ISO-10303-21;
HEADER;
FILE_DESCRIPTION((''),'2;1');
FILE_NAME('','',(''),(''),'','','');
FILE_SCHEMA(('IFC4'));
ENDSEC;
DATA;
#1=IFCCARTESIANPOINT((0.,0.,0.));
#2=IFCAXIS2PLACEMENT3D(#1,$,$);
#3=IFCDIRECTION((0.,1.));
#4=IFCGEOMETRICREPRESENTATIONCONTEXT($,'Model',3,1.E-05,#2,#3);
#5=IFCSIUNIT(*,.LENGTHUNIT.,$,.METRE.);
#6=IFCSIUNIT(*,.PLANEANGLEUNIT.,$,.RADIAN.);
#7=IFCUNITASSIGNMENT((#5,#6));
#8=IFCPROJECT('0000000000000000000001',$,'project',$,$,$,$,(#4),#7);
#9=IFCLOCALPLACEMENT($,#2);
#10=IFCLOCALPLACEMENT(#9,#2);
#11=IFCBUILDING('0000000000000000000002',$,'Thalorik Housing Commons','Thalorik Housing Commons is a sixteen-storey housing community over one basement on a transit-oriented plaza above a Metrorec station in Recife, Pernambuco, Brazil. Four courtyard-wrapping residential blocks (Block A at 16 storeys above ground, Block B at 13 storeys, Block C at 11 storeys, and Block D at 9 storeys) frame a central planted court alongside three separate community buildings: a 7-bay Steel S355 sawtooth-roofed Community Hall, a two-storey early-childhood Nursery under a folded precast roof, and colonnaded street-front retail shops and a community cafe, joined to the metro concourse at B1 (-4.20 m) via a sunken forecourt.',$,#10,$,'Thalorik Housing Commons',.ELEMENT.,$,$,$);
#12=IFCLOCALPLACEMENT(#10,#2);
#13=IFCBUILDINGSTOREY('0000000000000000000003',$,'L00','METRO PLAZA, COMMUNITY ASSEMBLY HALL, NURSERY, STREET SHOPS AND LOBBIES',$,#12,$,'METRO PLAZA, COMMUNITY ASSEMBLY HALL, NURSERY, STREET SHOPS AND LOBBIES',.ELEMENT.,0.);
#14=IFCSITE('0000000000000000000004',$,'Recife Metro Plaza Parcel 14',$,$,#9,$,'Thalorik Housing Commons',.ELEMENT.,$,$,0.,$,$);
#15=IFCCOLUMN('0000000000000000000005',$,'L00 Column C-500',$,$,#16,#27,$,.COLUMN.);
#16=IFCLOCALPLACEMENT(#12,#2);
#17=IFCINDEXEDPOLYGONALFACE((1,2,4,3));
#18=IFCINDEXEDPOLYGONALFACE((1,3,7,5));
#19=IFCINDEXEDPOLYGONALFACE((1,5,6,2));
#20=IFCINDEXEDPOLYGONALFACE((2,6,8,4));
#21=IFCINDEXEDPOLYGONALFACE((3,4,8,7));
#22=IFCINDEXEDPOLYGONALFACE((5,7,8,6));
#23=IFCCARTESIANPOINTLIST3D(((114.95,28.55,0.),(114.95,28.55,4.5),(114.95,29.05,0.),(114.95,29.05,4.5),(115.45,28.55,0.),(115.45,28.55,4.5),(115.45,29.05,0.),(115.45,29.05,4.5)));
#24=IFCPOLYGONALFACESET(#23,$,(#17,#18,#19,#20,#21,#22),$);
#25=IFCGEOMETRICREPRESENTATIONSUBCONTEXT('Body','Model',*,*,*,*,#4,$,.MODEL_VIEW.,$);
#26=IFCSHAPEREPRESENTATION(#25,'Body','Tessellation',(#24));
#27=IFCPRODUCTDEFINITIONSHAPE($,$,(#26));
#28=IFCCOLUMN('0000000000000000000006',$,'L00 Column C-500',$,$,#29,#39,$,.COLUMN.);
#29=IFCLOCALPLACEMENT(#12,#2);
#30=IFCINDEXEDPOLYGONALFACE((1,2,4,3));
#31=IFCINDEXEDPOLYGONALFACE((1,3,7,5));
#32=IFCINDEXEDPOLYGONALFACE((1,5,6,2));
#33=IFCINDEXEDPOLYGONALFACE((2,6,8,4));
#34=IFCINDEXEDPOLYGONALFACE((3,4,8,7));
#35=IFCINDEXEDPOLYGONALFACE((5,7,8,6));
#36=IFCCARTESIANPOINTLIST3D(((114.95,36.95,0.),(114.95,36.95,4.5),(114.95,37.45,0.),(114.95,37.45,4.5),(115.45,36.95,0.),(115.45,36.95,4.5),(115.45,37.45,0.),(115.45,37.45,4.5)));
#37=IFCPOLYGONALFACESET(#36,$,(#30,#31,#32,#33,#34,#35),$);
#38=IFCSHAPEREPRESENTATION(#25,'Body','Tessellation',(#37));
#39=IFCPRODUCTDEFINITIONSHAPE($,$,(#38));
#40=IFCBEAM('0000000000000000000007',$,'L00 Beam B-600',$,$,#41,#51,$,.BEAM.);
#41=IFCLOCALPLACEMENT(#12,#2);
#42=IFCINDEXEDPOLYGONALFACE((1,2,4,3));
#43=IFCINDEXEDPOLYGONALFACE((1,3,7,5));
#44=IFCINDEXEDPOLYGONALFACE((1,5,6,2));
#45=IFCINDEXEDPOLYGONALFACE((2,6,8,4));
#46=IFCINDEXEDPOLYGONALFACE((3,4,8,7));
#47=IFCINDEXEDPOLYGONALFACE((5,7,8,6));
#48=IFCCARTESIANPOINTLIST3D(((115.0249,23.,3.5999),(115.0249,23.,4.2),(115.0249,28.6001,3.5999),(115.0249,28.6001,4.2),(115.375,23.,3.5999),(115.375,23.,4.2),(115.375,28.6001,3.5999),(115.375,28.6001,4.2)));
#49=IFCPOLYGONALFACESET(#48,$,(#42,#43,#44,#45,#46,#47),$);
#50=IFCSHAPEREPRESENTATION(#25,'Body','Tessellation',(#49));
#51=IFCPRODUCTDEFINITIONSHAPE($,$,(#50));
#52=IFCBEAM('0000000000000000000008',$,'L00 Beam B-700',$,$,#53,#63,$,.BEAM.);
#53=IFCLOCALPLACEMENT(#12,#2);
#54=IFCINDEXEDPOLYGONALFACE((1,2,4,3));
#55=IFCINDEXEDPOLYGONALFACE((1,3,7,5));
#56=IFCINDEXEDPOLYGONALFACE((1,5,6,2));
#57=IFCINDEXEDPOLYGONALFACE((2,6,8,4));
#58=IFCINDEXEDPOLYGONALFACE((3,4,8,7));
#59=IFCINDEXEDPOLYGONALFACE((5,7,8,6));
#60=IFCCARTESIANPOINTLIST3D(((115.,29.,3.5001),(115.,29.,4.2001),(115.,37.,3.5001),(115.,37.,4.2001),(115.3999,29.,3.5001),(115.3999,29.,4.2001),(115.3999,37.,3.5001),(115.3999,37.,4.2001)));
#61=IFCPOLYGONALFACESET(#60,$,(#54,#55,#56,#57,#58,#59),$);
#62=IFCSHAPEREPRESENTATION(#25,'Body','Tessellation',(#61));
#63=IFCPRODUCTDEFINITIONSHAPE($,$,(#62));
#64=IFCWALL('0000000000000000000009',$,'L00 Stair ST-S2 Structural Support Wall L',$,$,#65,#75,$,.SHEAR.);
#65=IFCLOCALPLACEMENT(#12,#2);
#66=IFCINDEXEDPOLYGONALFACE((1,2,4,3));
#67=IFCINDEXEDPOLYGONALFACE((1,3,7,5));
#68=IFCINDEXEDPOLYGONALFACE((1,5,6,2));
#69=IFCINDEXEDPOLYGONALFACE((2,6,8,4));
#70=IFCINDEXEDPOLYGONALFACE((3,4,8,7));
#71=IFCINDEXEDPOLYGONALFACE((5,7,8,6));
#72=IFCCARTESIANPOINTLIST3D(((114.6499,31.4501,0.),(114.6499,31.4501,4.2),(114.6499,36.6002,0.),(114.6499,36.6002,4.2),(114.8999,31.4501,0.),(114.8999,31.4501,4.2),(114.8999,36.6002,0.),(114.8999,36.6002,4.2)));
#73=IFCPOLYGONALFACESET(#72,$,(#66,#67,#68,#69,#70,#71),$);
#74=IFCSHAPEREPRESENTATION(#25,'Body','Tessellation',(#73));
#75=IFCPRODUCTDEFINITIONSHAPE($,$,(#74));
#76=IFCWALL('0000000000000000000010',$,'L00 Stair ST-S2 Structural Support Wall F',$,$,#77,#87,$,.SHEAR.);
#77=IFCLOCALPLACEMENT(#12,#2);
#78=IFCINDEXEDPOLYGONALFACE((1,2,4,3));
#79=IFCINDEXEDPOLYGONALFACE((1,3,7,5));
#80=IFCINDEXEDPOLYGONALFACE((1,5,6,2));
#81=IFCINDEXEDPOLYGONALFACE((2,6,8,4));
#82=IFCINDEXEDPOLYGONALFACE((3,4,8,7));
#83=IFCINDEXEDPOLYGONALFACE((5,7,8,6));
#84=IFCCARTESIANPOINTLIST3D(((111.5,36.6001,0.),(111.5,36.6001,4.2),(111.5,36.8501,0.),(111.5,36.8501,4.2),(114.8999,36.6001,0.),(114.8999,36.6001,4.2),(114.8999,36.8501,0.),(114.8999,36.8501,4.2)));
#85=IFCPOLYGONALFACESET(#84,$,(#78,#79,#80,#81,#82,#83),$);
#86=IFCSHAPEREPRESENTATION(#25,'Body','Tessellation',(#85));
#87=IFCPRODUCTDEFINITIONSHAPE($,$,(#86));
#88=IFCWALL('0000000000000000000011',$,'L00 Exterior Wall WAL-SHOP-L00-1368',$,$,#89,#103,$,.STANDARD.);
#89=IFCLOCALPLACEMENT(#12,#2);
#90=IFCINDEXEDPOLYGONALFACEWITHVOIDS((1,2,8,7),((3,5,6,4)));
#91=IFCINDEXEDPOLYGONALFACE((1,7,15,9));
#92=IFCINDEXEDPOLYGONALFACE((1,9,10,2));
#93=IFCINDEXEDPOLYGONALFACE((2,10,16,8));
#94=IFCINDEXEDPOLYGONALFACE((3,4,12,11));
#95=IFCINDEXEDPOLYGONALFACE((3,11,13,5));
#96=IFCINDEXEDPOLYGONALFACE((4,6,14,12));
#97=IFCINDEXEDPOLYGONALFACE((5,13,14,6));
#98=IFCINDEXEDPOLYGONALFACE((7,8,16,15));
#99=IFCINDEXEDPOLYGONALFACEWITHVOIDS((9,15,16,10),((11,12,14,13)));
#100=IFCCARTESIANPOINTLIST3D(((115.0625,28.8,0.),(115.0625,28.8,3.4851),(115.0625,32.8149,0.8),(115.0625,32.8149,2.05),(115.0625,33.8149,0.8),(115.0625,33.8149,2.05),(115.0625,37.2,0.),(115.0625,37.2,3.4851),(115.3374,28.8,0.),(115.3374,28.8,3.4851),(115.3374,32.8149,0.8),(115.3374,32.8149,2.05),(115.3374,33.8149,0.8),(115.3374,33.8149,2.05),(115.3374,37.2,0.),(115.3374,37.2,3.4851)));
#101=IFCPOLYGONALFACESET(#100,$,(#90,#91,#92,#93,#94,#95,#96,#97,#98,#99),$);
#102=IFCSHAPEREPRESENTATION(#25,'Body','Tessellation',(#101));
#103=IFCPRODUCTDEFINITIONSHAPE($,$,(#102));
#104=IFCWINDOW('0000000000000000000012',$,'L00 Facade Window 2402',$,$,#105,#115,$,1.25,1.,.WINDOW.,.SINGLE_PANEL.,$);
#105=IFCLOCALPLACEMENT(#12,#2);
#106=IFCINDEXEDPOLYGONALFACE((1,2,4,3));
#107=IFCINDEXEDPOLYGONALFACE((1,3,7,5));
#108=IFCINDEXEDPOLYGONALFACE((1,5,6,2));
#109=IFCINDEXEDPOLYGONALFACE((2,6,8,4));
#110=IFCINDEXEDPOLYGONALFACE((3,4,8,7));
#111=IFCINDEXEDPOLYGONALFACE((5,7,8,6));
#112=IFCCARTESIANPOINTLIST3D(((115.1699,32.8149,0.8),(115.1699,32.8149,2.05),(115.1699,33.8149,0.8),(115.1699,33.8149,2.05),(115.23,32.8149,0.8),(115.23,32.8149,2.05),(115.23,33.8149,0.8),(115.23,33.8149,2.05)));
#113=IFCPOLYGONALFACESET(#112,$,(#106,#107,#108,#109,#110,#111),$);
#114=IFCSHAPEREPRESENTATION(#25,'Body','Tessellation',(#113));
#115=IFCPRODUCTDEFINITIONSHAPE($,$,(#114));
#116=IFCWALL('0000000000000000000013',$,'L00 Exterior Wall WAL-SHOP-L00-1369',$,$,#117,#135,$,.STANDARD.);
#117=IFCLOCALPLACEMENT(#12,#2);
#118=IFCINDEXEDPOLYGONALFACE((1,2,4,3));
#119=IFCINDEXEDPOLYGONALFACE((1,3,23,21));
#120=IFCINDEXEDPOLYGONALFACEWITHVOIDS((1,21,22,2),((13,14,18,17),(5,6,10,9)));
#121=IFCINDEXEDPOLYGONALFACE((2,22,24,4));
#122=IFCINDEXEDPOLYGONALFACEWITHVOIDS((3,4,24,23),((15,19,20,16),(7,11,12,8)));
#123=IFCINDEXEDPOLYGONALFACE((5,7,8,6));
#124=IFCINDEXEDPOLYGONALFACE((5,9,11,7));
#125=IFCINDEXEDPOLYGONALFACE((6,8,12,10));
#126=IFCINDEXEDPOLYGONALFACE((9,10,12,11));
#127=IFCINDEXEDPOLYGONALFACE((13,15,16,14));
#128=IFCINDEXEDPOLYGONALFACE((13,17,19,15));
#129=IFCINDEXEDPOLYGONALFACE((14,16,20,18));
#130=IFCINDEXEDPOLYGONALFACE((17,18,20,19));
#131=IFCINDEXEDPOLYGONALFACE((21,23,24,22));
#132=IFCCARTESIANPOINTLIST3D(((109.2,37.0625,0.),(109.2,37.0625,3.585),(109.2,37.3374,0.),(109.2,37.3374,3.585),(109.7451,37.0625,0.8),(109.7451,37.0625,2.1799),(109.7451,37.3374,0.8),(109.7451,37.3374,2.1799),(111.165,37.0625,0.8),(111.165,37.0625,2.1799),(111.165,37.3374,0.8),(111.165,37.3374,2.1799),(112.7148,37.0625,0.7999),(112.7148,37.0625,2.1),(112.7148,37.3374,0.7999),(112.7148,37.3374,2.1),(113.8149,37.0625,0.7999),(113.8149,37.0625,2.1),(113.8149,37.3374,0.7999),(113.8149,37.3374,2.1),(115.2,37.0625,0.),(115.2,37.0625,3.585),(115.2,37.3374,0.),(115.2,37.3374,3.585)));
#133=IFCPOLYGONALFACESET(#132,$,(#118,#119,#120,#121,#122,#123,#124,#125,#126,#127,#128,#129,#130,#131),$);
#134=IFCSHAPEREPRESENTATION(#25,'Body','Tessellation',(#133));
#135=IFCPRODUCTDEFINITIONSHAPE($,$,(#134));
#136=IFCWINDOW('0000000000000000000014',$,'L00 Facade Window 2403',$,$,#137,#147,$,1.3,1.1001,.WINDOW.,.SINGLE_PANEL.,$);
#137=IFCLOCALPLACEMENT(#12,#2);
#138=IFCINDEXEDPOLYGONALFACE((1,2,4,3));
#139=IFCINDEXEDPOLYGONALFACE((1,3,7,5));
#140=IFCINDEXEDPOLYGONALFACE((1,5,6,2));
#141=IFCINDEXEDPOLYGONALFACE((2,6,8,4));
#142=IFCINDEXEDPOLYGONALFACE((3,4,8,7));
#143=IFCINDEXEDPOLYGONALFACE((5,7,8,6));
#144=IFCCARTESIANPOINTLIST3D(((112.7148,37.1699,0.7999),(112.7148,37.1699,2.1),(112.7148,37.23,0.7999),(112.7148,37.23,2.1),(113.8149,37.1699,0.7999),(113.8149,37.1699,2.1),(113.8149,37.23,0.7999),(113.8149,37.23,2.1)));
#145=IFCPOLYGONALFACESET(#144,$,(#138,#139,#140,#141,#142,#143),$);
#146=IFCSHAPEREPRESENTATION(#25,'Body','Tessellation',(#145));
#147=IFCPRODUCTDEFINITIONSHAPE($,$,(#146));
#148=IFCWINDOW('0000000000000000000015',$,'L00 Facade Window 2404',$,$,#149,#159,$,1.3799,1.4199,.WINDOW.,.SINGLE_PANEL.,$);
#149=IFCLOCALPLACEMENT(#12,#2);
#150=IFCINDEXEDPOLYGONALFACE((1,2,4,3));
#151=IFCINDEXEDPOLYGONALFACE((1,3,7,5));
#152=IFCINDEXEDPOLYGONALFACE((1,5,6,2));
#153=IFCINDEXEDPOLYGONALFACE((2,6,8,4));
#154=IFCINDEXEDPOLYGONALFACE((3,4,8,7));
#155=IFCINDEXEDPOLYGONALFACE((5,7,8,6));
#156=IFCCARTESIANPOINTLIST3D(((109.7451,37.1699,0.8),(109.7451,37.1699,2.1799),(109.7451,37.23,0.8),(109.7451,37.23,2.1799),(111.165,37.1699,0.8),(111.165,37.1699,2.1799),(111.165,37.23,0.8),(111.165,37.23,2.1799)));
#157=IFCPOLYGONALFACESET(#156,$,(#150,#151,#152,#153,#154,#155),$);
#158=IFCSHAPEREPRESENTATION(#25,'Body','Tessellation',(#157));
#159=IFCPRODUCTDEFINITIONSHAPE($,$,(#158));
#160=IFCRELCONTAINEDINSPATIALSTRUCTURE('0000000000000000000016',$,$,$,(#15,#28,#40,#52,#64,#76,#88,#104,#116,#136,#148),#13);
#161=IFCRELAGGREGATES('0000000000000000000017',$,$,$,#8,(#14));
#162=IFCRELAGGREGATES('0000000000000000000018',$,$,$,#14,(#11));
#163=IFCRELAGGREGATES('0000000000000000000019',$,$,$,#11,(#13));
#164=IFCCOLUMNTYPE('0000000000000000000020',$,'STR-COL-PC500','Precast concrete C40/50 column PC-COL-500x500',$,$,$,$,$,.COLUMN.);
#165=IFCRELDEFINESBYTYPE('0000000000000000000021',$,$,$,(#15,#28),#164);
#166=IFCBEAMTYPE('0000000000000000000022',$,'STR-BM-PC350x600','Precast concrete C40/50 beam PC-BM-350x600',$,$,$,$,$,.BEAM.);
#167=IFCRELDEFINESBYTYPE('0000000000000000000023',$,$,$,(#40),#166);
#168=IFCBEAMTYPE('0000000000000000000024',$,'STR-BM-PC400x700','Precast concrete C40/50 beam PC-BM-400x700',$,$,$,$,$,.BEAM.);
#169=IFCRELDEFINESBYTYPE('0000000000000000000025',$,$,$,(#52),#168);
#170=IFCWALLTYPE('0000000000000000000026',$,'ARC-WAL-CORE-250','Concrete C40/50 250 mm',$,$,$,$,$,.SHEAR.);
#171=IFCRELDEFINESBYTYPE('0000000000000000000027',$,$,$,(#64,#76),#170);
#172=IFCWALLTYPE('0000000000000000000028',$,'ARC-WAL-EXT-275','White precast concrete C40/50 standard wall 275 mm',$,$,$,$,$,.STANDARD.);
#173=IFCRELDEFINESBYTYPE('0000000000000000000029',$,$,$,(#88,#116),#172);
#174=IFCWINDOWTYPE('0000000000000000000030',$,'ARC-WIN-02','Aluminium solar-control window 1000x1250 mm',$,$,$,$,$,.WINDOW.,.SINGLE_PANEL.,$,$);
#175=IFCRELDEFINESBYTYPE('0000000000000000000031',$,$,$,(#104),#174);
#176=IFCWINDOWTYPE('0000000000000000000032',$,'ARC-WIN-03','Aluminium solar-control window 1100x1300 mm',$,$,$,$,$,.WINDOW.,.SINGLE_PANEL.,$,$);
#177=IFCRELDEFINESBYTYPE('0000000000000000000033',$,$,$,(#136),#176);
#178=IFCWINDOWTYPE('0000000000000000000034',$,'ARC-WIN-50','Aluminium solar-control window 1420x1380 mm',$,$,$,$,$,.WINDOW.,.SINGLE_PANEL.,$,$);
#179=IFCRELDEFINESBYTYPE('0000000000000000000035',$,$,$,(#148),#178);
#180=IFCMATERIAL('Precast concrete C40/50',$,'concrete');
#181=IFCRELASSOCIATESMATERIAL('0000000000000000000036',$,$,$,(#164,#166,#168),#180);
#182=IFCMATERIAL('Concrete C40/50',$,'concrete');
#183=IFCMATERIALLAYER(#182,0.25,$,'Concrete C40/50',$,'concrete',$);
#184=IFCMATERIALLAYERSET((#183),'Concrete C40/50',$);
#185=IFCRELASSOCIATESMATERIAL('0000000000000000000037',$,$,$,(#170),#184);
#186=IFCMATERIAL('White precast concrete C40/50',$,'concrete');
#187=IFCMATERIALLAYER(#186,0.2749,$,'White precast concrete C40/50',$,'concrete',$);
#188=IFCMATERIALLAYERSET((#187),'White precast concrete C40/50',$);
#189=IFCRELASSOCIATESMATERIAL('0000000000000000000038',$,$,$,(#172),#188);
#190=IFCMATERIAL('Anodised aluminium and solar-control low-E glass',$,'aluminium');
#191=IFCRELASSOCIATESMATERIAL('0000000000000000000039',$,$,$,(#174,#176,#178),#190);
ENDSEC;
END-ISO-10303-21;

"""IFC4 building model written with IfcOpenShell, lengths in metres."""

from ifc_helpers import new_model, si_unit, direction, frame, frame_2d, origin, origin_2d, place, context, subcontext, project, spatial, rectangle, extrude, material, layer, layer_set, material_profile, profile_set, type_object, element, fill, save


model = new_model("IFC4")

# Units and contexts
model_context = context("Model", 3, precision=1e-05, world=origin(), true_north=direction((0.0, 1.0)))
body_context = subcontext(model_context, "Body", "Model", "MODEL_VIEW")
ifc_project = project(units=[si_unit("LENGTHUNIT", "METRE"), si_unit("PLANEANGLEUNIT", "RADIAN")], contexts=[model_context])

# Site, building, storey
site_placement = place(None, origin())
site = spatial("IfcSite", under=ifc_project, at=site_placement, Name="Recife Metro Plaza Parcel 14", LongName="Thalorik Housing Commons", CompositionType="ELEMENT", RefElevation=0.0)
building_placement = place(site_placement, origin())
building = spatial("IfcBuilding", under=site, at=building_placement, Name="Thalorik Housing Commons", Description="Thalorik Housing Commons is a sixteen-storey housing community over one basement on a transit-oriented plaza above a Metrorec station in Recife, Pernambuco, Brazil. Four courtyard-wrapping residential blocks (Block A at 16 storeys above ground, Block B at 13 storeys, Block C at 11 storeys, and Block D at 9 storeys) frame a central planted court alongside three separate community buildings: a 7-bay Steel S355 sawtooth-roofed Community Hall, a two-storey early-childhood Nursery under a folded precast roof, and colonnaded street-front retail shops and a community cafe, joined to the metro concourse at B1 (-4.20 m) via a sunken forecourt.", LongName="Thalorik Housing Commons", CompositionType="ELEMENT")
storey_placement = place(building_placement, origin())
storey = spatial("IfcBuildingStorey", under=building, at=storey_placement, Name="L00", Description="METRO PLAZA, COMMUNITY ASSEMBLY HALL, NURSERY, STREET SHOPS AND LOBBIES", LongName="METRO PLAZA, COMMUNITY ASSEMBLY HALL, NURSERY, STREET SHOPS AND LOBBIES", CompositionType="ELEMENT", Elevation=0.0)

# Columns
ifc_material_1 = material(Name="Precast concrete C40/50", Category="concrete")
ifc_material_profile_1 = material_profile(ifc_material_1, rectangle(XDim=0.5, YDim=0.5, at=origin_2d()), Name="PC 500x500", Category="concrete")
ifc_profile_set_1 = profile_set([ifc_material_profile_1], Name="Precast concrete C40/50")
column_type = type_object("IfcColumnType", Name="STR-COL-PC500", Description="Precast concrete C40/50 column PC-COL-500x500", PredefinedType="COLUMN", material=ifc_profile_set_1)
for number, where, z_axis, x_axis, name in (
    (1, (115.2, 28.8, 0.0), (0.0, 0.0, 1.0), (1.0, 0.0, 0.0), "L00 Column C-500"),
    (2, (115.2, 37.2, 0.0), (0.0, 0.0, 1.0), (1.0, 0.0, 0.0), "L00 Column C-500"),
):
    element("IfcColumn", number, at=place(storey_placement, frame(where, z_axis=z_axis, x_axis=x_axis)), inside=storey, type_object=column_type, Name=name, PredefinedType="COLUMN", context=body_context, shape_type="SweptSolid", body=[
        extrude(rectangle(XDim=0.5, YDim=0.5, at=origin_2d()), origin(), (0.0, 0.0, 1.0), 4.5),
    ])

# Beams
ifc_material_profile_2 = material_profile(ifc_material_1, rectangle(XDim=0.3501, YDim=0.6001, at=origin_2d()), Name="PC 350x600", Category="concrete")
ifc_profile_set_2 = profile_set([ifc_material_profile_2], Name="Precast concrete C40/50")
beam_type_1 = type_object("IfcBeamType", Name="STR-BM-PC350x600", Description="Precast concrete C40/50 beam PC-BM-350x600", PredefinedType="BEAM", material=ifc_profile_set_2)
beam_1_placement = place(storey_placement, frame((115.2, 23.0, 3.8999), z_axis=(0.0, 1.0, 0.0), x_axis=(-1.0, 0.0, 0.0)))
element("IfcBeam", 3, at=beam_1_placement, inside=storey, type_object=beam_type_1, Name="L00 Beam B-600", PredefinedType="BEAM", context=body_context, shape_type="SweptSolid", body=[
    extrude(rectangle(XDim=0.3501, YDim=0.6001, at=origin_2d()), origin(), (0.0, 0.0, 1.0), 5.6001),
])
ifc_material_profile_3 = material_profile(ifc_material_1, rectangle(XDim=0.3999, YDim=0.7, at=origin_2d()), Name="PC 400x700", Category="concrete")
ifc_profile_set_3 = profile_set([ifc_material_profile_3], Name="Precast concrete C40/50")
beam_type_2 = type_object("IfcBeamType", Name="STR-BM-PC400x700", Description="Precast concrete C40/50 beam PC-BM-400x700", PredefinedType="BEAM", material=ifc_profile_set_3)
beam_2_placement = place(storey_placement, frame((115.2, 29.0, 3.8501), z_axis=(0.0, 1.0, 0.0), x_axis=(-1.0, 0.0, 0.0)))
element("IfcBeam", 4, at=beam_2_placement, inside=storey, type_object=beam_type_2, Name="L00 Beam B-700", PredefinedType="BEAM", context=body_context, shape_type="SweptSolid", body=[
    extrude(rectangle(XDim=0.3999, YDim=0.7, at=origin_2d()), origin(), (0.0, 0.0, 1.0), 8.0),
])

# Walls
ifc_material_2 = material(Name="Concrete C40/50", Category="concrete")
ifc_layer_1 = layer(ifc_material_2, 0.25, Name="Concrete C40/50", Category="concrete")
ifc_layer_set_1 = layer_set([ifc_layer_1], Name="Concrete C40/50")
wall_type_1 = type_object("IfcWallType", Name="ARC-WAL-CORE-250", Description="Concrete C40/50 250 mm", PredefinedType="SHEAR", material=ifc_layer_set_1)
wall_1_placement = place(storey_placement, frame((114.7749, 31.45, 0.0), z_axis=(0.0, 0.0, 1.0), x_axis=(0.0, 1.0, 0.0)))
element("IfcWall", 5, at=wall_1_placement, inside=storey, type_object=wall_type_1, Name="L00 Stair ST-S2 Structural Support Wall L", PredefinedType="SHEAR", context=body_context, shape_type="SweptSolid", body=[
    extrude(rectangle(XDim=5.1501, YDim=0.25, at=frame_2d((2.5752, 0.0))), origin(), (0.0, 0.0, 1.0), 4.2),
])
wall_2_placement = place(storey_placement, frame((114.8999, 36.7251, 0.0), z_axis=(0.0, 0.0, 1.0), x_axis=(-1.0, 0.0, 0.0)))
element("IfcWall", 6, at=wall_2_placement, inside=storey, type_object=wall_type_1, Name="L00 Stair ST-S2 Structural Support Wall F", PredefinedType="SHEAR", context=body_context, shape_type="SweptSolid", body=[
    extrude(rectangle(XDim=3.3999, YDim=0.25, at=frame_2d((1.7, 0.0))), origin(), (0.0, 0.0, 1.0), 4.2),
])

# Wall, opening, window
ifc_material_3 = material(Name="White precast concrete C40/50", Category="concrete")
ifc_layer_2 = layer(ifc_material_3, 0.2749, Name="White precast concrete C40/50", Category="concrete")
ifc_layer_set_2 = layer_set([ifc_layer_2], Name="White precast concrete C40/50")
wall_type_2 = type_object("IfcWallType", Name="ARC-WAL-EXT-275", Description="White precast concrete C40/50 standard wall 275 mm", PredefinedType="STANDARD", material=ifc_layer_set_2)
wall_3_placement = place(storey_placement, frame((115.2, 28.8, 0.0), z_axis=(0.0, 0.0, 1.0), x_axis=(0.0, 1.0, 0.0)))
wall_3 = element("IfcWall", 7, at=wall_3_placement, inside=storey, type_object=wall_type_2, Name="L00 Exterior Wall WAL-SHOP-L00-1368", PredefinedType="STANDARD", context=body_context, shape_type="SweptSolid", body=[
    extrude(rectangle(XDim=8.3999, YDim=0.2749, at=frame_2d((4.2, 0.0))), origin(), (0.0, 0.0, 1.0), 3.4851),
])
opening_1_placement = place(wall_3_placement, frame((4.0149, 0.0, 0.8)))
opening_1 = element("IfcOpeningElement", 8, at=opening_1_placement, cuts=wall_3, PredefinedType="OPENING", context=body_context, shape_type="SweptSolid", body=[
    extrude(rectangle(XDim=1.0, YDim=1.25, at=frame_2d((0.5, 0.625))), frame((0.0, 0.1475, 0.0), z_axis=(0.0, -1.0, 0.0), x_axis=(1.0, 0.0, 0.0)), (0.0, 0.0, 1.0), 0.2949),
])
ifc_material_4 = material(Name="Anodised aluminium and solar-control low-E glass", Category="aluminium")
window_type_1 = type_object("IfcWindowType", Name="ARC-WIN-02", Description="Aluminium solar-control window 1000x1250 mm", PartitioningType="SINGLE_PANEL", PredefinedType="WINDOW", material=ifc_material_4)
window_1_placement = place(opening_1_placement, origin())
window_1 = element("IfcWindow", 9, at=window_1_placement, inside=storey, type_object=window_type_1, Name="L00 Facade Window 2402", OverallHeight=1.25, OverallWidth=1.0, PartitioningType="SINGLE_PANEL", PredefinedType="WINDOW", context=body_context, shape_type="SweptSolid", body=[
    extrude(rectangle(XDim=1.0, YDim=1.25, at=frame_2d((0.5, 0.625))), frame((0.0, 0.03, 0.0), z_axis=(0.0, -1.0, 0.0), x_axis=(1.0, 0.0, 0.0)), (0.0, 0.0, 1.0), 0.0601),
])
fill(opening_1, window_1)

# Wall, openings, windows
wall_4_placement = place(storey_placement, frame((115.2, 37.2, 0.0), z_axis=(0.0, 0.0, 1.0), x_axis=(-1.0, 0.0, 0.0)))
wall_4 = element("IfcWall", 10, at=wall_4_placement, inside=storey, type_object=wall_type_2, Name="L00 Exterior Wall WAL-SHOP-L00-1369", PredefinedType="STANDARD", context=body_context, shape_type="SweptSolid", body=[
    extrude(rectangle(XDim=6.0, YDim=0.2749, at=frame_2d((3.0, 0.0))), origin(), (0.0, 0.0, 1.0), 3.585),
])
opening_2_placement = place(wall_4_placement, frame((1.385, 0.0, 0.8)))
opening_2 = element("IfcOpeningElement", 11, at=opening_2_placement, cuts=wall_4, PredefinedType="OPENING", context=body_context, shape_type="SweptSolid", body=[
    extrude(rectangle(XDim=1.1001, YDim=1.3, at=frame_2d((0.55, 0.6499))), frame((0.0, 0.1475, 0.0), z_axis=(0.0, -1.0, 0.0), x_axis=(1.0, 0.0, 0.0)), (0.0, 0.0, 1.0), 0.2949),
])
opening_3_placement = place(wall_4_placement, frame((4.0349, 0.0, 0.8)))
opening_3 = element("IfcOpeningElement", 12, at=opening_3_placement, cuts=wall_4, PredefinedType="OPENING", context=body_context, shape_type="SweptSolid", body=[
    extrude(rectangle(XDim=1.4199, YDim=1.3799, at=frame_2d((0.71, 0.6899))), frame((0.0, 0.1475, 0.0), z_axis=(0.0, -1.0, 0.0), x_axis=(1.0, 0.0, 0.0)), (0.0, 0.0, 1.0), 0.2949),
])
window_type_2 = type_object("IfcWindowType", Name="ARC-WIN-03", Description="Aluminium solar-control window 1100x1300 mm", PartitioningType="SINGLE_PANEL", PredefinedType="WINDOW", material=ifc_material_4)
window_2_placement = place(opening_2_placement, origin())
window_2 = element("IfcWindow", 13, at=window_2_placement, inside=storey, type_object=window_type_2, Name="L00 Facade Window 2403", OverallHeight=1.3, OverallWidth=1.1001, PartitioningType="SINGLE_PANEL", PredefinedType="WINDOW", context=body_context, shape_type="SweptSolid", body=[
    extrude(rectangle(XDim=1.1001, YDim=1.3, at=frame_2d((0.55, 0.6499))), frame((0.0, 0.03, 0.0), z_axis=(0.0, -1.0, 0.0), x_axis=(1.0, 0.0, 0.0)), (0.0, 0.0, 1.0), 0.0601),
])
fill(opening_2, window_2)
window_type_3 = type_object("IfcWindowType", Name="ARC-WIN-50", Description="Aluminium solar-control window 1420x1380 mm", PartitioningType="SINGLE_PANEL", PredefinedType="WINDOW", material=ifc_material_4)
window_3_placement = place(opening_3_placement, origin())
window_3 = element("IfcWindow", 14, at=window_3_placement, inside=storey, type_object=window_type_3, Name="L00 Facade Window 2404", OverallHeight=1.3799, OverallWidth=1.4199, PartitioningType="SINGLE_PANEL", PredefinedType="WINDOW", context=body_context, shape_type="SweptSolid", body=[
    extrude(rectangle(XDim=1.4199, YDim=1.3799, at=frame_2d((0.71, 0.6899))), frame((0.0, 0.03, 0.0), z_axis=(0.0, -1.0, 0.0), x_axis=(1.0, 0.0, 0.0)), (0.0, 0.0, 1.0), 0.0601),
])
fill(opening_3, window_3)

save(model, "model.ifc")
